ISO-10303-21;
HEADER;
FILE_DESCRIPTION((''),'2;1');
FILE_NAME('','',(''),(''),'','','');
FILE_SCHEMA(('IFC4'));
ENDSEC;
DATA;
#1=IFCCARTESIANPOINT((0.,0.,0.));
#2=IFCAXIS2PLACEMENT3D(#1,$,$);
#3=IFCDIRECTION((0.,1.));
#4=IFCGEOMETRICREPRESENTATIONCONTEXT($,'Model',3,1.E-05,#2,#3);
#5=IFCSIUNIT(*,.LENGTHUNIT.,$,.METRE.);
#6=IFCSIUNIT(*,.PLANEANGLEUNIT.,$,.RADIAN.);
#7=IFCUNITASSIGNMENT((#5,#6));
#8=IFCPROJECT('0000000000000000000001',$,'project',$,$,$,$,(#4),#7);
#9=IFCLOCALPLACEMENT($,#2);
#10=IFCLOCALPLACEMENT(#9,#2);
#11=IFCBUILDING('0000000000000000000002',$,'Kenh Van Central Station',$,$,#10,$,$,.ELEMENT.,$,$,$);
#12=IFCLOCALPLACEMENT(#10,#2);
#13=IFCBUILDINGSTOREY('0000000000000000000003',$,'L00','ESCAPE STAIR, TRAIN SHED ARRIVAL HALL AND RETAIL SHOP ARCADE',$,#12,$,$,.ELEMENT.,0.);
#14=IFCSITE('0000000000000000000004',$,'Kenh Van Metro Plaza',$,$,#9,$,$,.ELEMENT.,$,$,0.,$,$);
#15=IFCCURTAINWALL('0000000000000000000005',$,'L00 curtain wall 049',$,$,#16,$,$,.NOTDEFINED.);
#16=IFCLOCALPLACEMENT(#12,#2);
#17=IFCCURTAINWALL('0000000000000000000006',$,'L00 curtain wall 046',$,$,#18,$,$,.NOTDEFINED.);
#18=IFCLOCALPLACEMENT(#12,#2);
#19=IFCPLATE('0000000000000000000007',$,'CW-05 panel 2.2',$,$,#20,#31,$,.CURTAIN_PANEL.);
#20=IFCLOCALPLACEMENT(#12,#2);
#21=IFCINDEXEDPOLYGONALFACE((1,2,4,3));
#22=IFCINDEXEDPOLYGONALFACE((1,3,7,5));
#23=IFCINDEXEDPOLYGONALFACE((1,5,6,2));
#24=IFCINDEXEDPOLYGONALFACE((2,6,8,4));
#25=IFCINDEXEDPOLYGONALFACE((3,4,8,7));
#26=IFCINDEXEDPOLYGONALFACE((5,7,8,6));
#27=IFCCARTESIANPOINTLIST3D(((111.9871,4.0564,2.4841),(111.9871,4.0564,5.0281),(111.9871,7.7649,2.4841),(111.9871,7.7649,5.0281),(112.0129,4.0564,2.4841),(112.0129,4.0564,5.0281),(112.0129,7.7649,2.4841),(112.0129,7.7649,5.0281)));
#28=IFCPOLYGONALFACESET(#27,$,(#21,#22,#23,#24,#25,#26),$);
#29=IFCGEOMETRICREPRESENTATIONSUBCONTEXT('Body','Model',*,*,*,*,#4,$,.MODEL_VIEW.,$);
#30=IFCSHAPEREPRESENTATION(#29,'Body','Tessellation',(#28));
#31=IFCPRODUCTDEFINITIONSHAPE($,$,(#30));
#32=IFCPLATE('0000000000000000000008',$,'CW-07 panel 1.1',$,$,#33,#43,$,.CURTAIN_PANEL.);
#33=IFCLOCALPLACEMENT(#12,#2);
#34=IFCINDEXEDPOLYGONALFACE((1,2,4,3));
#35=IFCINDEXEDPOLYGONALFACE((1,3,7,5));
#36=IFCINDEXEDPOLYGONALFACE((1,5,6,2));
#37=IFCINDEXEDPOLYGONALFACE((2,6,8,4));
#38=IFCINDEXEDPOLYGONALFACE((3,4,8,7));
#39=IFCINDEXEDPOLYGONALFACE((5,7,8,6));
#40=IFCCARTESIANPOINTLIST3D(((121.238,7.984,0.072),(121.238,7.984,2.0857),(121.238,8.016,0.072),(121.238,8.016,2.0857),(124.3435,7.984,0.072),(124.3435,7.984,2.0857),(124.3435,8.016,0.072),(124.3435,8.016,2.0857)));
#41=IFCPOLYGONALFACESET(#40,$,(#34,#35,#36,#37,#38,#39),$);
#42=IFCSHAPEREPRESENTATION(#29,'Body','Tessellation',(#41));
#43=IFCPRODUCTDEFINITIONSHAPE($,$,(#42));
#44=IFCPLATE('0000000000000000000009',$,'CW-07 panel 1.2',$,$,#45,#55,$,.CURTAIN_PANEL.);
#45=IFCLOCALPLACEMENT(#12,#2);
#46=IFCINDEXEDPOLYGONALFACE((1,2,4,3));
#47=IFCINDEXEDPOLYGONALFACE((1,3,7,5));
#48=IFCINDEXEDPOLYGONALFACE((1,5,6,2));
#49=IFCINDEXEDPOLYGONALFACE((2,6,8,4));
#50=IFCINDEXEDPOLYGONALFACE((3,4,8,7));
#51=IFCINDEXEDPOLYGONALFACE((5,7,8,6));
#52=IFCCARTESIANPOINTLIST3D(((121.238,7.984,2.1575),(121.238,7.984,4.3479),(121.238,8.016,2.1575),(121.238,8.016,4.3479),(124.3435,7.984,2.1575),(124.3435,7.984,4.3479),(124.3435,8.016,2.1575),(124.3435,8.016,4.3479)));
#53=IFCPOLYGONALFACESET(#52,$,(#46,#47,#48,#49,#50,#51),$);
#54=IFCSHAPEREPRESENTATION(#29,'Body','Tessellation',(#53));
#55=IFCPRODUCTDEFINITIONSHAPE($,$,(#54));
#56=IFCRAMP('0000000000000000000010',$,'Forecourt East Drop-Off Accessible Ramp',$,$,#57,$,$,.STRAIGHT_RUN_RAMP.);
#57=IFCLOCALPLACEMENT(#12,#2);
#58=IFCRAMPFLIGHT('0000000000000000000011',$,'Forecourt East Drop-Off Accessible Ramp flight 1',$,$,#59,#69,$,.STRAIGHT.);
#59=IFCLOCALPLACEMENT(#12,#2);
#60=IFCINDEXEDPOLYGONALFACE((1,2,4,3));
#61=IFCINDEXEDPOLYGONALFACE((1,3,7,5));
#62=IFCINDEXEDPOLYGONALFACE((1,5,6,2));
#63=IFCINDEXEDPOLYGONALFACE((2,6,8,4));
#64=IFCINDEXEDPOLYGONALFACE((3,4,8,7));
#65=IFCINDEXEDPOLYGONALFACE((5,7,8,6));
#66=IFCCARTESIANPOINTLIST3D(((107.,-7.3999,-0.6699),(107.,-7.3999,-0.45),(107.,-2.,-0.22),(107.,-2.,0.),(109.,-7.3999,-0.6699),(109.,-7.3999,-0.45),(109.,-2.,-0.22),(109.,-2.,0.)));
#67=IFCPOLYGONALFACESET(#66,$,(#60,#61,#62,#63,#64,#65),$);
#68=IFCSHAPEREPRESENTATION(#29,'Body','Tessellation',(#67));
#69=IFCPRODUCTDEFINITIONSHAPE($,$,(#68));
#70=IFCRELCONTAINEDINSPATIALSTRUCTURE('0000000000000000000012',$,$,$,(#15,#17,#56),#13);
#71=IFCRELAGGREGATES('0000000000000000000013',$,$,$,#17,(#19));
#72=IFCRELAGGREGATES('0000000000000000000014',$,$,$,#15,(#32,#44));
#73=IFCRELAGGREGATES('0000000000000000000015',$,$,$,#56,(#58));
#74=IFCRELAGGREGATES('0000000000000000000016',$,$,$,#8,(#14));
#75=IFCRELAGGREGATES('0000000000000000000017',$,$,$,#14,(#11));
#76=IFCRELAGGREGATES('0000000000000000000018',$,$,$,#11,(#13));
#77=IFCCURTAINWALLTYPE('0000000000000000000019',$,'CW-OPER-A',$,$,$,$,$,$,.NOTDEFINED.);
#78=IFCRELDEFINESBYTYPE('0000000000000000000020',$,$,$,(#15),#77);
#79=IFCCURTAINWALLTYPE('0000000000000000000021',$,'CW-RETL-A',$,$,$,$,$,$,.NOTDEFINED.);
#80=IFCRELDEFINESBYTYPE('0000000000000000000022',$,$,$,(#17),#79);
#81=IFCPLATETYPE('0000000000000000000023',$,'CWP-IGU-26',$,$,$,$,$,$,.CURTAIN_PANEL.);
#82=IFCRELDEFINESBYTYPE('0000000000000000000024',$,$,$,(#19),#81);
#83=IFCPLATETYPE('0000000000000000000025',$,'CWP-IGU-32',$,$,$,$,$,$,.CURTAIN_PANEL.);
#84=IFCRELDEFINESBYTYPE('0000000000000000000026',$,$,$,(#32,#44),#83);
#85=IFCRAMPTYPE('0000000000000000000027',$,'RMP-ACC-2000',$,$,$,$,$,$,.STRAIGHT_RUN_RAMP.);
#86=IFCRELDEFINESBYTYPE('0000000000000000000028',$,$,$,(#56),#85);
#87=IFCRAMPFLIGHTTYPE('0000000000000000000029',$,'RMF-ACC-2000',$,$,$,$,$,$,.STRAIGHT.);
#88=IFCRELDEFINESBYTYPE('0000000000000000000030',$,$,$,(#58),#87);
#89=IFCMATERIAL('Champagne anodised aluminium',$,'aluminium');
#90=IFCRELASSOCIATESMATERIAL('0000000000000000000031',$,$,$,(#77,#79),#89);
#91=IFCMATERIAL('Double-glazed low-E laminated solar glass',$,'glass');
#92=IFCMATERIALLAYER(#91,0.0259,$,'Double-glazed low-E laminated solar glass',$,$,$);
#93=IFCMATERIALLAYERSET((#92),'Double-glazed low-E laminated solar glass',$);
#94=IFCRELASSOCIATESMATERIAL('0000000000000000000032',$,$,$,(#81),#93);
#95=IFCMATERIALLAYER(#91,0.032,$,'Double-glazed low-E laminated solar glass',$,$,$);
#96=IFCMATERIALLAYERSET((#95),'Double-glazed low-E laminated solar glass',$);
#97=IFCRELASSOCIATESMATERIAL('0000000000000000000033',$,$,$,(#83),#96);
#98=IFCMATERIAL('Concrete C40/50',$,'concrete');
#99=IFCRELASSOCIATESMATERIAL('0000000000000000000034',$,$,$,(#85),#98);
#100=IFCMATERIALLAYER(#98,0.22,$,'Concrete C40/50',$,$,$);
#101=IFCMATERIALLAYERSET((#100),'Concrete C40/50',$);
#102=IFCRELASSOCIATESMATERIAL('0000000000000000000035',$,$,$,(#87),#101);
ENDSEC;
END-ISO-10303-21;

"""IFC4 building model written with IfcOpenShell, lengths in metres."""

from ifc_helpers import new_model, si_unit, direction, frame, origin, origin_2d, place, context, subcontext, project, spatial, polyline, rectangle, outline, extrude, material, layer, layer_set, type_object, element, aggregate, save


model = new_model("IFC4")

# Units and contexts
model_context = context("Model", 3, precision=1e-05, world=origin(), true_north=direction((0.0, 1.0)))
body_context = subcontext(model_context, "Body", "Model", "MODEL_VIEW")
ifc_project = project(units=[si_unit("LENGTHUNIT", "METRE"), si_unit("PLANEANGLEUNIT", "RADIAN")], contexts=[model_context])

# Site, building, storey
site_placement = place(None, origin())
site = spatial("IfcSite", under=ifc_project, at=site_placement, Name="Kenh Van Metro Plaza", CompositionType="ELEMENT", RefElevation=0.0)
building_placement = place(site_placement, origin())
building = spatial("IfcBuilding", under=site, at=building_placement, Name="Kenh Van Central Station", CompositionType="ELEMENT")
storey_placement = place(building_placement, origin())
storey = spatial("IfcBuildingStorey", under=building, at=storey_placement, Name="L00", Description="ESCAPE STAIR, TRAIN SHED ARRIVAL HALL AND RETAIL SHOP ARCADE", CompositionType="ELEMENT", Elevation=0.0)

# Shared definitions
ifc_material_1 = material(Name="Concrete C40/50", Category="concrete")

# Curtain walls
ifc_material_2 = material(Name="Champagne anodised aluminium", Category="aluminium")
curtain_wall_type_1 = type_object("IfcCurtainWallType", Name="CW-OPER-A", PredefinedType="NOTDEFINED", material=ifc_material_2)
curtain_wall_1_placement = place(storey_placement, origin())
curtain_wall_1 = element("IfcCurtainWall", 1, at=curtain_wall_1_placement, inside=storey, type_object=curtain_wall_type_1, Name="L00 curtain wall 049", PredefinedType="NOTDEFINED")
curtain_wall_type_2 = type_object("IfcCurtainWallType", Name="CW-RETL-A", PredefinedType="NOTDEFINED", material=ifc_material_2)
curtain_wall_2_placement = place(storey_placement, origin())
curtain_wall_2 = element("IfcCurtainWall", 2, at=curtain_wall_2_placement, inside=storey, type_object=curtain_wall_type_2, Name="L00 curtain wall 046", PredefinedType="NOTDEFINED")

# Plates
ifc_material_3 = material(Name="Double-glazed low-E laminated solar glass", Category="glass")
ifc_layer_1 = layer(ifc_material_3, 0.0259, Name="Double-glazed low-E laminated solar glass")
ifc_layer_set_1 = layer_set([ifc_layer_1], Name="Double-glazed low-E laminated solar glass")
plate_type_1 = type_object("IfcPlateType", Name="CWP-IGU-26", PredefinedType="CURTAIN_PANEL", material=ifc_layer_set_1)
plate_1_placement = place(storey_placement, frame((112.0, 5.9106, 2.4841), z_axis=(0.0, 0.0, 1.0), x_axis=(0.0, 1.0, 0.0)))
plate_1 = element("IfcPlate", 3, at=plate_1_placement, type_object=plate_type_1, Name="CW-05 panel 2.2", PredefinedType="CURTAIN_PANEL", context=body_context, shape_type="SweptSolid", body=[
    extrude(rectangle(XDim=3.7085, YDim=0.0259, at=origin_2d()), origin(), (0.0, 0.0, 1.0), 2.5439),
])
aggregate(curtain_wall_2, [plate_1])
ifc_layer_2 = layer(ifc_material_3, 0.032, Name="Double-glazed low-E laminated solar glass")
ifc_layer_set_2 = layer_set([ifc_layer_2], Name="Double-glazed low-E laminated solar glass")
plate_type_2 = type_object("IfcPlateType", Name="CWP-IGU-32", PredefinedType="CURTAIN_PANEL", material=ifc_layer_set_2)
plate_2_placement = place(storey_placement, frame((122.7908, 8.0, 0.072), z_axis=(0.0, 0.0, 1.0), x_axis=(1.0, 0.0, 0.0)))
plate_2 = element("IfcPlate", 4, at=plate_2_placement, type_object=plate_type_2, Name="CW-07 panel 1.1", PredefinedType="CURTAIN_PANEL", context=body_context, shape_type="SweptSolid", body=[
    extrude(rectangle(XDim=3.1055, YDim=0.032, at=origin_2d()), origin(), (0.0, 0.0, 1.0), 2.0137),
])
plate_3_placement = place(storey_placement, frame((122.7908, 8.0, 2.1575), z_axis=(0.0, 0.0, 1.0), x_axis=(1.0, 0.0, 0.0)))
plate_3 = element("IfcPlate", 5, at=plate_3_placement, type_object=plate_type_2, Name="CW-07 panel 1.2", PredefinedType="CURTAIN_PANEL", context=body_context, shape_type="SweptSolid", body=[
    extrude(rectangle(XDim=3.1055, YDim=0.032, at=origin_2d()), origin(), (0.0, 0.0, 1.0), 2.1904),
])
aggregate(curtain_wall_1, [plate_2, plate_3])

# Ramp, ramp flight
ramp_type = type_object("IfcRampType", Name="RMP-ACC-2000", PredefinedType="STRAIGHT_RUN_RAMP", material=ifc_material_1)
ramp_placement = place(storey_placement, origin())
ramp = element("IfcRamp", 6, at=ramp_placement, inside=storey, type_object=ramp_type, Name="Forecourt East Drop-Off Accessible Ramp", PredefinedType="STRAIGHT_RUN_RAMP")
ifc_layer_3 = layer(ifc_material_1, 0.22, Name="Concrete C40/50")
ifc_layer_set_3 = layer_set([ifc_layer_3], Name="Concrete C40/50")
ramp_flight_type = type_object("IfcRampFlightType", Name="RMF-ACC-2000", PredefinedType="STRAIGHT", material=ifc_layer_set_3)
ramp_flight_placement = place(storey_placement, frame((108.0, -7.3999, -0.45), z_axis=(0.0, 0.0, 1.0), x_axis=(0.0, 1.0, 0.0)))
ramp_flight = element("IfcRampFlight", 7, at=ramp_flight_placement, type_object=ramp_flight_type, Name="Forecourt East Drop-Off Accessible Ramp flight 1", PredefinedType="STRAIGHT", context=body_context, shape_type="SweptSolid", body=[
    extrude(outline(polyline([(0.0, 0.0), (0.0, -0.22), (5.3999, 0.23), (5.3999, 0.45), (0.0, 0.0)])), frame((0.0, 1.0, 0.0), z_axis=(0.0, -1.0, 0.0), x_axis=(1.0, 0.0, 0.0)), (0.0, 0.0, 1.0), 2.0),
])
aggregate(ramp, [ramp_flight])

save(model, "model.ifc")
